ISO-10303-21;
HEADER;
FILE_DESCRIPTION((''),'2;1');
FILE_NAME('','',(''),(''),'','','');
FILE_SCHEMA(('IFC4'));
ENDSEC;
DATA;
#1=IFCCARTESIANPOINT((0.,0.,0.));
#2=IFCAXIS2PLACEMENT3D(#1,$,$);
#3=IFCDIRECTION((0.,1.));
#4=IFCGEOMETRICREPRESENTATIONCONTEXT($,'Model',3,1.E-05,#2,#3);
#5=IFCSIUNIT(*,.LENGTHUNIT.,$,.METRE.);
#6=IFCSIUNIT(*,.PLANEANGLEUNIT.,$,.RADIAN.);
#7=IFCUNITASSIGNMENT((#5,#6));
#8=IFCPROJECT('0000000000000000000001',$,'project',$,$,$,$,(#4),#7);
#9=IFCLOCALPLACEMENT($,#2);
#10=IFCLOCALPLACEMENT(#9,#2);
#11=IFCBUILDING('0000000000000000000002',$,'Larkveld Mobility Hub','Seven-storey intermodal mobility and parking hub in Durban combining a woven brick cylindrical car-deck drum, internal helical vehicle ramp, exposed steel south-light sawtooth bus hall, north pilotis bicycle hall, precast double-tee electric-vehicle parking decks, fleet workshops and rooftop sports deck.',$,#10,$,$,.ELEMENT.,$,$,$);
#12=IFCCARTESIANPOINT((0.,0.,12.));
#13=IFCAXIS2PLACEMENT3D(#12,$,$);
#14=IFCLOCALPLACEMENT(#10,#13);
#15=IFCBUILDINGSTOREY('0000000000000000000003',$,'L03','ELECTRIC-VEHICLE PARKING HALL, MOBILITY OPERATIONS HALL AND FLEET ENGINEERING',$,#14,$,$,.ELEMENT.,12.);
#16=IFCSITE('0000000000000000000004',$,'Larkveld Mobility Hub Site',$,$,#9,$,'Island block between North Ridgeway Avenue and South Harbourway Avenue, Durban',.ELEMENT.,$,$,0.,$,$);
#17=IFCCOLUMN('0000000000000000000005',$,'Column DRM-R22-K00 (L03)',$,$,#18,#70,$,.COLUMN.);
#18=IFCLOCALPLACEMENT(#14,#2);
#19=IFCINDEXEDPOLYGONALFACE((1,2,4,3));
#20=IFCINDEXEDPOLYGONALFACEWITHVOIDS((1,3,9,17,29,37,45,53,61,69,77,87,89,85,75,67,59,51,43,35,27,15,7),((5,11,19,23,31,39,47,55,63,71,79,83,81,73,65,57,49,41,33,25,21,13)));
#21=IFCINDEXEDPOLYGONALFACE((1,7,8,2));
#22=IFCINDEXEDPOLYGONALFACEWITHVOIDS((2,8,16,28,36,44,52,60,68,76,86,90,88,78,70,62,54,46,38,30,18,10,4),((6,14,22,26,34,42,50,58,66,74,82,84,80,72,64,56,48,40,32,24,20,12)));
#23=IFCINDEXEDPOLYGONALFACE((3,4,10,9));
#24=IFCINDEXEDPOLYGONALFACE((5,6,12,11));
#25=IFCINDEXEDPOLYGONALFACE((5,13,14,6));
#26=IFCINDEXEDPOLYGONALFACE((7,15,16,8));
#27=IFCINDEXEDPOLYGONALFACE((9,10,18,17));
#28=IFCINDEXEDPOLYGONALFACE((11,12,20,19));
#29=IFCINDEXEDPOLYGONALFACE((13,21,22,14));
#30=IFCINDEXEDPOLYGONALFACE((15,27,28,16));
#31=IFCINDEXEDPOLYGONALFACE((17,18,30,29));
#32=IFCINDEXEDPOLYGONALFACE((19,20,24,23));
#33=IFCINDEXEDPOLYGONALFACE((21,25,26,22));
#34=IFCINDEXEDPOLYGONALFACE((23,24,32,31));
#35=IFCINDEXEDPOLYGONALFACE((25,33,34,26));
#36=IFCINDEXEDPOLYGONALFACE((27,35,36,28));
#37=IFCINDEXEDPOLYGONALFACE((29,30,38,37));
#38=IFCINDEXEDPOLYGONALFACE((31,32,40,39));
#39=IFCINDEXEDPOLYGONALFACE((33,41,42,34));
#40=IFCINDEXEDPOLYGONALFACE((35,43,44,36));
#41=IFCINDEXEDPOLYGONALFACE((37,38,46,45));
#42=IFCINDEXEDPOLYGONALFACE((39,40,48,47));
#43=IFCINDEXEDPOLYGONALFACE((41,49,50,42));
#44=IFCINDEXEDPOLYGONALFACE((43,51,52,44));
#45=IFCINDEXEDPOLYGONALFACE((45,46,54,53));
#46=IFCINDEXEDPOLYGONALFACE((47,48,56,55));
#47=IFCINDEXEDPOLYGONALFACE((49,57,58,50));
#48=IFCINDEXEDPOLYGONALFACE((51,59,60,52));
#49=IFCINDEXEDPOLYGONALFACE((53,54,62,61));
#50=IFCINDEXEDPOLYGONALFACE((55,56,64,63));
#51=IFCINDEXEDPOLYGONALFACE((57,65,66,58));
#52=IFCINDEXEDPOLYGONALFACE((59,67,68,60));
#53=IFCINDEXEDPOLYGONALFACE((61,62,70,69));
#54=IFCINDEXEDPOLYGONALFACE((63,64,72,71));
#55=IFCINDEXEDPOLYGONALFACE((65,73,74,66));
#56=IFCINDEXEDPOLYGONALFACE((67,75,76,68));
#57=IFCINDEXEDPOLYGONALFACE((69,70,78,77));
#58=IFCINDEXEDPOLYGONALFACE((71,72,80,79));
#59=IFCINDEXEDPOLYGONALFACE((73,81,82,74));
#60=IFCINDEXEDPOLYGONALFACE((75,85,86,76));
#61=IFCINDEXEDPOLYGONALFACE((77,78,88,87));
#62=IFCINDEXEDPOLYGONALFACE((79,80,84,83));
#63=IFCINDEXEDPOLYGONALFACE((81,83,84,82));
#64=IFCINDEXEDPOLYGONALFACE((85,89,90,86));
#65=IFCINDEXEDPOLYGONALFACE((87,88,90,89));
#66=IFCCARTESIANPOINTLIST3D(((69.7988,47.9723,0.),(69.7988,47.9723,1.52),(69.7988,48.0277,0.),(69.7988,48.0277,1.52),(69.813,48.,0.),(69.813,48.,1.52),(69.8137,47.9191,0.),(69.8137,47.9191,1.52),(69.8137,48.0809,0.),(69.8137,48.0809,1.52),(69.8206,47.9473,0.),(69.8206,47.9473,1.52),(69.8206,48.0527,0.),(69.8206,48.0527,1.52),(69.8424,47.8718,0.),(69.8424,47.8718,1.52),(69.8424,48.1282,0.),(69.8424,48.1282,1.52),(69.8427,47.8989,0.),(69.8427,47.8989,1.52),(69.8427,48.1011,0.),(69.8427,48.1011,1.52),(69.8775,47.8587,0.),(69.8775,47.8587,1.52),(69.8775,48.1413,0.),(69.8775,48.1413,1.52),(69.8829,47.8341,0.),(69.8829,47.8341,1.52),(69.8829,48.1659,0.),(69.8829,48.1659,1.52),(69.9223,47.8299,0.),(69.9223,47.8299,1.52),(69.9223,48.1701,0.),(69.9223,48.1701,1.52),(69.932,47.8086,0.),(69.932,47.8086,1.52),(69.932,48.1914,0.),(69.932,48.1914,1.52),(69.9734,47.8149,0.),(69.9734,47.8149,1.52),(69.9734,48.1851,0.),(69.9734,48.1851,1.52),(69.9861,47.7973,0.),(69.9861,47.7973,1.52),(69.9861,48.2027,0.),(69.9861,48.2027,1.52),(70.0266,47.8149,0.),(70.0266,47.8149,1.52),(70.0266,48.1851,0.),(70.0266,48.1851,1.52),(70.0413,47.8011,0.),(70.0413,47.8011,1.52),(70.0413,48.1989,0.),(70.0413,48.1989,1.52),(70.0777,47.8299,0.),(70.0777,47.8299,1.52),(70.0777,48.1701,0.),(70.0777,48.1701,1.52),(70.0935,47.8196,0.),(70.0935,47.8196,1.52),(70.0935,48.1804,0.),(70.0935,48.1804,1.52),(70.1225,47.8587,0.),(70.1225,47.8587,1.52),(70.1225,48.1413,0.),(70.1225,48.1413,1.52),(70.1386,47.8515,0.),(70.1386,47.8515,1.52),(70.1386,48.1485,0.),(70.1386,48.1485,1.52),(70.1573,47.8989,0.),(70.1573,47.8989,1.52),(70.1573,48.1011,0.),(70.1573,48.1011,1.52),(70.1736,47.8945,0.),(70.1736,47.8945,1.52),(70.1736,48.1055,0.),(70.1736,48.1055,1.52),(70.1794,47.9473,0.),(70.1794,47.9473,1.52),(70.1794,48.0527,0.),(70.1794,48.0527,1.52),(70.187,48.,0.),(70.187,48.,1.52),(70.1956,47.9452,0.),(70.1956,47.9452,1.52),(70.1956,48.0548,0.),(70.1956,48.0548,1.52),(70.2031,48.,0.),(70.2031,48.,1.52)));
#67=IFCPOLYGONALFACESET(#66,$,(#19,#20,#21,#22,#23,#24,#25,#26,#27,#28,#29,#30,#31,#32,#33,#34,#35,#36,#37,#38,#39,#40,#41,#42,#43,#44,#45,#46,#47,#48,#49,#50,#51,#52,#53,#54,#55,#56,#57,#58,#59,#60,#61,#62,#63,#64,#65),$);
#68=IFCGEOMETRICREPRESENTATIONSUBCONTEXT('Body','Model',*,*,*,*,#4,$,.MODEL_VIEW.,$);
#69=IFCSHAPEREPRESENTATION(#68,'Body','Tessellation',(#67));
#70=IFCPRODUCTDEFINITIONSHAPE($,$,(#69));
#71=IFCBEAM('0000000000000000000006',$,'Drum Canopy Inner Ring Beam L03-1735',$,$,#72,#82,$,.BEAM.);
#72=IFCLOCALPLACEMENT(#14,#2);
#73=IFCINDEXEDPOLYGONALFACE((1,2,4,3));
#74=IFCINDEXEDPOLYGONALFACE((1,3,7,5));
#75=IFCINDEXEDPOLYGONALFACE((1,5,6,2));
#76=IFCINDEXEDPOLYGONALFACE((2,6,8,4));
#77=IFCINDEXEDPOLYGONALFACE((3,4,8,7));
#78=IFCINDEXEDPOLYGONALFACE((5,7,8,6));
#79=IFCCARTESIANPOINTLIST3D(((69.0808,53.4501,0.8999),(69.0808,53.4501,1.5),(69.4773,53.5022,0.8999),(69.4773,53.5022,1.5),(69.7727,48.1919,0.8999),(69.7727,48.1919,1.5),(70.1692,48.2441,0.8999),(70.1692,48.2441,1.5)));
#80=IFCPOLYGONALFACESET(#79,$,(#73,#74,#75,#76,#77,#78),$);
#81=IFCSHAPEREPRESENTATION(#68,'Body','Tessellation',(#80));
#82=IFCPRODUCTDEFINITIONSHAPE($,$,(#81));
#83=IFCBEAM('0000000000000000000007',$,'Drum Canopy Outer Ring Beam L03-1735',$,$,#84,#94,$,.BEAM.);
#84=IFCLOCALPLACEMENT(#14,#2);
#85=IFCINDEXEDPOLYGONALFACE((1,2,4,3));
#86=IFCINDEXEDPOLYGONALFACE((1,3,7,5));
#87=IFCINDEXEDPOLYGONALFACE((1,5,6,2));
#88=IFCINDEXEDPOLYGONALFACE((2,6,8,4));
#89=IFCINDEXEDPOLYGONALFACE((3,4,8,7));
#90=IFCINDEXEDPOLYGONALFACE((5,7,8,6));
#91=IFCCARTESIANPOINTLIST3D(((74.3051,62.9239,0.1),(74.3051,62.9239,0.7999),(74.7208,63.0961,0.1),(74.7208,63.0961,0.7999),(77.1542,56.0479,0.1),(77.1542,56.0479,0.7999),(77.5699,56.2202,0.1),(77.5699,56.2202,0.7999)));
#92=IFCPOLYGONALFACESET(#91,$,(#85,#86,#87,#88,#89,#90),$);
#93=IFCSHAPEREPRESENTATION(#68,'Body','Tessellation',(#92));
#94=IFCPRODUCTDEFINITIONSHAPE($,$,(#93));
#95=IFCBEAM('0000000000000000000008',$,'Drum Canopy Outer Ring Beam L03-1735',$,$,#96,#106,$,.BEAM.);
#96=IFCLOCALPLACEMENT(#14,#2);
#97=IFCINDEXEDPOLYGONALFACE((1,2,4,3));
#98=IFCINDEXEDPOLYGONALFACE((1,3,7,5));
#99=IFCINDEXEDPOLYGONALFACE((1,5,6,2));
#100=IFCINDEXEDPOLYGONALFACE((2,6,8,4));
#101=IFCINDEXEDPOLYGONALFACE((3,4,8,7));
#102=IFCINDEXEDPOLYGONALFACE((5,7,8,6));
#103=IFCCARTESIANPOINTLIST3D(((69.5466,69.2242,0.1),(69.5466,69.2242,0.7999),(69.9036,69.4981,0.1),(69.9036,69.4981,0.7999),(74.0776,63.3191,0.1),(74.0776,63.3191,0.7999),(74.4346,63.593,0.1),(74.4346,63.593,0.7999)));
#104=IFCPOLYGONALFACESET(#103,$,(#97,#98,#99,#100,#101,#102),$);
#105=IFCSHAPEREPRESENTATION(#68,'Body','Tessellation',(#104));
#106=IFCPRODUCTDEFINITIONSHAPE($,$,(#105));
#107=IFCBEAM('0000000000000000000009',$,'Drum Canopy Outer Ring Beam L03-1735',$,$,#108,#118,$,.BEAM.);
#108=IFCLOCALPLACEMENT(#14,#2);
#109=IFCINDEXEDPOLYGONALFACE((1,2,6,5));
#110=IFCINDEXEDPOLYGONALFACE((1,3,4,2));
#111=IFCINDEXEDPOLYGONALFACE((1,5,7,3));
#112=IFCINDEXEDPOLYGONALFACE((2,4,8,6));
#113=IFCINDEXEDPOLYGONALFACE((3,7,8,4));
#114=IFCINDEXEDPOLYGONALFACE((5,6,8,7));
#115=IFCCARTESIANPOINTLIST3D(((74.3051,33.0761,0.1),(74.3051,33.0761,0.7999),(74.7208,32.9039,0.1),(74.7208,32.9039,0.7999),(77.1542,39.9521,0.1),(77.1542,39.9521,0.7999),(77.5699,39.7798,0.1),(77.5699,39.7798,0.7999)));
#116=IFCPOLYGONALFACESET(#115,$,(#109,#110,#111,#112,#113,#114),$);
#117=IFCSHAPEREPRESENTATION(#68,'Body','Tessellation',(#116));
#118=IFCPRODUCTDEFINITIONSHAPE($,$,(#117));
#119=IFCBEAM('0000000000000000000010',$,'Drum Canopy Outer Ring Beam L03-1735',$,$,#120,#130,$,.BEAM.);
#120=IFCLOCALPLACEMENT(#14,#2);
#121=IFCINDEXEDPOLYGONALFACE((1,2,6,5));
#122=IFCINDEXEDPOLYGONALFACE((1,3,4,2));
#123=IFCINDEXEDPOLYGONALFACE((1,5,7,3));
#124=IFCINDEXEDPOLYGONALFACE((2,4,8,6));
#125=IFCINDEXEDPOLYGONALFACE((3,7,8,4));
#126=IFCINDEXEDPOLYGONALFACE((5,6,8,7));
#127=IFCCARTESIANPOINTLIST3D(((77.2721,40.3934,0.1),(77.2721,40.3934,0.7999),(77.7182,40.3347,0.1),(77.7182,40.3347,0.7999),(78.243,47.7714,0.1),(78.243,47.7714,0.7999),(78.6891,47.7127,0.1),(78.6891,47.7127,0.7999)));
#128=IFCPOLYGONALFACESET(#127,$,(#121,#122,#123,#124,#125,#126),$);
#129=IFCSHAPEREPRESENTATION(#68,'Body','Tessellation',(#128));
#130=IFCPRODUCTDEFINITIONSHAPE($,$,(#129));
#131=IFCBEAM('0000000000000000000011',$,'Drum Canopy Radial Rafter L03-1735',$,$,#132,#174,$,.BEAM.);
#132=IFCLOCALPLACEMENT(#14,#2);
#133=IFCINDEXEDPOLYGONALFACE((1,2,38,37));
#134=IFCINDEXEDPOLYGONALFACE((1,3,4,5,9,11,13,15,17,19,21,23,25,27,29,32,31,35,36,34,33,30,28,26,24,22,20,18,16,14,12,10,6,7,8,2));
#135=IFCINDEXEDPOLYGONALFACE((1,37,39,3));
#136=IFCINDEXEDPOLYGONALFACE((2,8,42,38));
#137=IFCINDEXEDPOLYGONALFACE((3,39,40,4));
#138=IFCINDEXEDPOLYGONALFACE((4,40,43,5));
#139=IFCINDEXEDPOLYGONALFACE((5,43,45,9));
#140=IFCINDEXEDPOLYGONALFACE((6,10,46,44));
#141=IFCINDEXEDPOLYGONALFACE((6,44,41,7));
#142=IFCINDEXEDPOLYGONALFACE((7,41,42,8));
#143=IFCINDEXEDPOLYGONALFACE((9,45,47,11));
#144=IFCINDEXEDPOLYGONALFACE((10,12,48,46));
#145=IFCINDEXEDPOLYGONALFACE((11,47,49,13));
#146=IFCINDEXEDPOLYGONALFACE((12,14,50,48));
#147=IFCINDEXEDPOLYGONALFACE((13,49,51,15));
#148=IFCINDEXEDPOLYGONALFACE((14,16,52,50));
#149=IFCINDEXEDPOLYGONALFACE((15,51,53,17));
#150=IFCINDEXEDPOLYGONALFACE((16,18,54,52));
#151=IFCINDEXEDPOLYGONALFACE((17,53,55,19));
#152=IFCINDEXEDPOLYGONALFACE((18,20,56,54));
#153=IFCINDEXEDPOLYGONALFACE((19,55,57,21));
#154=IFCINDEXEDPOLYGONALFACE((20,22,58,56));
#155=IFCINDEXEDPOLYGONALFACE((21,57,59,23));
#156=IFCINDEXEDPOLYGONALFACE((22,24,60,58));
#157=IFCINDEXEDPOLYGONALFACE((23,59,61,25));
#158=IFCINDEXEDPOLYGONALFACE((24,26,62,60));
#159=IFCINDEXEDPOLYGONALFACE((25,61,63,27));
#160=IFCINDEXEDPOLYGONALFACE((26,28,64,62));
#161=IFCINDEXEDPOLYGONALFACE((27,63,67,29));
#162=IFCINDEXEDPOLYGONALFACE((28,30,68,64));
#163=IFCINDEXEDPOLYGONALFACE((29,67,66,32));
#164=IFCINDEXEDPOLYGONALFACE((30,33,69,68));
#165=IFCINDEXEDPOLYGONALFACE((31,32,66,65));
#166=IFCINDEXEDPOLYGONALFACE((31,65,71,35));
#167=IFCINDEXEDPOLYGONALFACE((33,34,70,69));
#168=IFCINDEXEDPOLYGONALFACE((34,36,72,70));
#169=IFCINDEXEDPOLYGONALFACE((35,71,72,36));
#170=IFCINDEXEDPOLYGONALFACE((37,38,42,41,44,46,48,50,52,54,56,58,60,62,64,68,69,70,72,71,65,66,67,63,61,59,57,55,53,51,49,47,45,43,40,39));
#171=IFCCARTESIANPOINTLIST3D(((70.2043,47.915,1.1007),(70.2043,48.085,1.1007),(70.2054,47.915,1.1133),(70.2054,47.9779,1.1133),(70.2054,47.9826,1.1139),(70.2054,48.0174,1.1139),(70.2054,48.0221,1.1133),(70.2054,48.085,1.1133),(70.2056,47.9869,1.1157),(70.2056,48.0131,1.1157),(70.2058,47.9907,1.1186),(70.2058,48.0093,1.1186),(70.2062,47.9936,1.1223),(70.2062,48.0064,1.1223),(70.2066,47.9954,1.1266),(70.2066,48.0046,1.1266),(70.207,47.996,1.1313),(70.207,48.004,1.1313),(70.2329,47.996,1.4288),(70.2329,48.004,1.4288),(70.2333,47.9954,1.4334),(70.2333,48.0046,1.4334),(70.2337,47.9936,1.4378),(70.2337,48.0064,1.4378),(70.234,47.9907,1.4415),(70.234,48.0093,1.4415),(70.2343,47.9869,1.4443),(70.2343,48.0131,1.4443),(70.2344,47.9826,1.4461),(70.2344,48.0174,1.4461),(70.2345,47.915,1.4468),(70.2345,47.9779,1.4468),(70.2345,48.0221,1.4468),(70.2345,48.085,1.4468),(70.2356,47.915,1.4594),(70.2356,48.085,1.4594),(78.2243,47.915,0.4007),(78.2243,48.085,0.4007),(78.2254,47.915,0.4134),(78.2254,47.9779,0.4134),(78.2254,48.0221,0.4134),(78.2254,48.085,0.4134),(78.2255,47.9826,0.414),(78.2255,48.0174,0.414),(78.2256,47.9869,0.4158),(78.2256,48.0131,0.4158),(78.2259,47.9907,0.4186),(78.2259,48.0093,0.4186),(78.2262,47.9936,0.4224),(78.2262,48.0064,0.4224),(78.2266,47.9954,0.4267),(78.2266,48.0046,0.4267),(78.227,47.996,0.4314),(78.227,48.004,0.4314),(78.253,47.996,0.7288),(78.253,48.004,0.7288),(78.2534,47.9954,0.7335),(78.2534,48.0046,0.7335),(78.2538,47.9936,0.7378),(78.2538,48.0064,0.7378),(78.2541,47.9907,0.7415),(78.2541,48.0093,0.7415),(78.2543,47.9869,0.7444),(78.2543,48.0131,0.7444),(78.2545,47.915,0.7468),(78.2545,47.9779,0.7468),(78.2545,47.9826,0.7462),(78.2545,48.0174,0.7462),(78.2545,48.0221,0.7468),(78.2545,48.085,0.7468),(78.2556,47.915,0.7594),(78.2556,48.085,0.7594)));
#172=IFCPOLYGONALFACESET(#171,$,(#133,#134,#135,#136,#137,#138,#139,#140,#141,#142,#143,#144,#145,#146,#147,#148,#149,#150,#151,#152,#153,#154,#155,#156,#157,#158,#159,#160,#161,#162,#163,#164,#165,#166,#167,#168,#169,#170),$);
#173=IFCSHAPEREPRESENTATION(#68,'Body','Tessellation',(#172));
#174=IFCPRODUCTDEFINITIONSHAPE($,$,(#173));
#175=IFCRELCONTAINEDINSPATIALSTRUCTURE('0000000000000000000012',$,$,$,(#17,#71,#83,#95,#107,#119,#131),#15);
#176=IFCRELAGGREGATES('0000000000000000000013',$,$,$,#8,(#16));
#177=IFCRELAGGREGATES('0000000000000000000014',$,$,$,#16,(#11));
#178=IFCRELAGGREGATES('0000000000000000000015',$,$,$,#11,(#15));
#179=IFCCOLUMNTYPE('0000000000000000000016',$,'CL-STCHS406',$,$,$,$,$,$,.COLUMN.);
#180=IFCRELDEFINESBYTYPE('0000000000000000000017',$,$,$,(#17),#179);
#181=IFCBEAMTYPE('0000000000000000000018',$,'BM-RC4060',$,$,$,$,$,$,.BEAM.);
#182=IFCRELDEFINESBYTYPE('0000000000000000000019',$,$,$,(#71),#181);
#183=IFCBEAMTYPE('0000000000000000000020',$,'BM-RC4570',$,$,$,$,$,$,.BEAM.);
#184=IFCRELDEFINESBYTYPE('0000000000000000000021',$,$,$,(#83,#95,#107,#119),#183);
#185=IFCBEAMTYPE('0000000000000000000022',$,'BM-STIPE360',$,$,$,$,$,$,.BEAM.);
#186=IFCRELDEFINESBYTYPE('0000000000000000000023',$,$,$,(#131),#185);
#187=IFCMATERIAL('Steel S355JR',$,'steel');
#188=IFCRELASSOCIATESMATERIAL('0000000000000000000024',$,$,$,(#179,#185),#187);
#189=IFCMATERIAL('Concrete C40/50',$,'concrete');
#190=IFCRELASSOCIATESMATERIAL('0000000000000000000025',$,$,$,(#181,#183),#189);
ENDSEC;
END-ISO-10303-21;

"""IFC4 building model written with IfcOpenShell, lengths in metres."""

from ifc_helpers import new_model, si_unit, direction, frame, origin, origin_2d, place, context, subcontext, project, spatial, rectangle, hollow_circle, i_section, extrude, material, material_profile, profile_set, type_object, element, save


model = new_model("IFC4")

# Units and contexts
model_context = context("Model", 3, precision=1e-05, world=origin(), true_north=direction((0.0, 1.0)))
body_context = subcontext(model_context, "Body", "Model", "MODEL_VIEW")
ifc_project = project(units=[si_unit("LENGTHUNIT", "METRE"), si_unit("PLANEANGLEUNIT", "RADIAN")], contexts=[model_context])

# Site, building, storey
site_placement = place(None, origin())
site = spatial("IfcSite", under=ifc_project, at=site_placement, Name="Larkveld Mobility Hub Site", LongName="Island block between North Ridgeway Avenue and South Harbourway Avenue, Durban", CompositionType="ELEMENT", RefElevation=0.0)
building_placement = place(site_placement, origin())
building = spatial("IfcBuilding", under=site, at=building_placement, Name="Larkveld Mobility Hub", Description="Seven-storey intermodal mobility and parking hub in Durban combining a woven brick cylindrical car-deck drum, internal helical vehicle ramp, exposed steel south-light sawtooth bus hall, north pilotis bicycle hall, precast double-tee electric-vehicle parking decks, fleet workshops and rooftop sports deck.", CompositionType="ELEMENT")
storey_placement = place(building_placement, frame((0.0, 0.0, 12.0)))
storey = spatial("IfcBuildingStorey", under=building, at=storey_placement, Name="L03", Description="ELECTRIC-VEHICLE PARKING HALL, MOBILITY OPERATIONS HALL AND FLEET ENGINEERING", CompositionType="ELEMENT", Elevation=12.0)

# Column
ifc_material_1 = material(Name="Concrete C40/50", Category="concrete")
ifc_material_2 = material(Name="Steel S355JR", Category="steel")
ifc_material_profile_1 = material_profile(ifc_material_2, hollow_circle(Radius=0.2031, WallThickness=0.0161, at=origin_2d()), Name="CHS 406.4x16")
ifc_profile_set_1 = profile_set([ifc_material_profile_1], Name="Steel S355JR")
column_type_1 = type_object("IfcColumnType", Name="CL-STCHS406", PredefinedType="COLUMN", material=ifc_profile_set_1)
column_placement = place(storey_placement, frame((70.0, 48.0, 0.0), z_axis=(0.0, 0.0, 1.0), x_axis=(1.0, 0.0, 0.0)))
element("IfcColumn", 1, at=column_placement, inside=storey, type_object=column_type_1, Name="Column DRM-R22-K00 (L03)", PredefinedType="COLUMN", context=body_context, shape_type="SweptSolid", body=[
    extrude(hollow_circle(Radius=0.2031, WallThickness=0.0161, at=origin_2d()), origin(), (0.0, 0.0, 1.0), 1.52),
])

# Beams
ifc_material_profile_2 = material_profile(ifc_material_1, rectangle(XDim=0.3999, YDim=0.6001, at=origin_2d()), Name="RC BM 400x600")
ifc_profile_set_2 = profile_set([ifc_material_profile_2], Name="Concrete C40/50")
beam_type_1 = type_object("IfcBeamType", Name="BM-RC4060", PredefinedType="BEAM", material=ifc_profile_set_2)
beam_1_placement = place(storey_placement, frame((69.9709, 48.218, 1.2), z_axis=(-0.130463, 0.991453, 0.0), x_axis=(-0.991453, -0.130463, 0.0)))
element("IfcBeam", 2, at=beam_1_placement, inside=storey, type_object=beam_type_1, Name="Drum Canopy Inner Ring Beam L03-1735", PredefinedType="BEAM", context=body_context, shape_type="SweptSolid", body=[
    extrude(rectangle(XDim=0.3999, YDim=0.6001, at=origin_2d()), origin(), (0.0, 0.0, 1.0), 5.3035),
])
ifc_material_profile_3 = material_profile(ifc_material_1, rectangle(XDim=0.45, YDim=0.7, at=origin_2d()), Name="RC BM 450x700")
ifc_profile_set_3 = profile_set([ifc_material_profile_3], Name="Concrete C40/50")
beam_type_2 = type_object("IfcBeamType", Name="BM-RC4570", PredefinedType="BEAM", material=ifc_profile_set_3)
beam_2_placement = place(storey_placement, frame((77.3621, 56.134, 0.45), z_axis=(-0.382798, 0.923832, 0.0), x_axis=(-0.923832, -0.382798, 0.0)))
element("IfcBeam", 3, at=beam_2_placement, inside=storey, type_object=beam_type_2, Name="Drum Canopy Outer Ring Beam L03-1735", PredefinedType="BEAM", context=body_context, shape_type="SweptSolid", body=[
    extrude(rectangle(XDim=0.45, YDim=0.7, at=origin_2d()), origin(), (0.0, 0.0, 1.0), 7.4429),
])
beam_3_placement = place(storey_placement, frame((74.2561, 63.4561, 0.45), z_axis=(-0.608754, 0.793359, 0.0), x_axis=(-0.793359, -0.608754, 0.0)))
element("IfcBeam", 4, at=beam_3_placement, inside=storey, type_object=beam_type_2, Name="Drum Canopy Outer Ring Beam L03-1735", PredefinedType="BEAM", context=body_context, shape_type="SweptSolid", body=[
    extrude(rectangle(XDim=0.45, YDim=0.7, at=origin_2d()), origin(), (0.0, 0.0, 1.0), 7.4431),
])
beam_4_placement = place(storey_placement, frame((74.5129, 32.99, 0.45), z_axis=(0.382798, 0.923832, 0.0), x_axis=(-0.923832, 0.382798, 0.0)))
element("IfcBeam", 5, at=beam_4_placement, inside=storey, type_object=beam_type_2, Name="Drum Canopy Outer Ring Beam L03-1735", PredefinedType="BEAM", context=body_context, shape_type="SweptSolid", body=[
    extrude(rectangle(XDim=0.45, YDim=0.7, at=origin_2d()), origin(), (0.0, 0.0, 1.0), 7.4429),
])
beam_5_placement = place(storey_placement, frame((77.4951, 40.364, 0.45), z_axis=(0.130477, 0.991451, 0.0), x_axis=(-0.991451, 0.130477, 0.0)))
element("IfcBeam", 6, at=beam_5_placement, inside=storey, type_object=beam_type_2, Name="Drum Canopy Outer Ring Beam L03-1735", PredefinedType="BEAM", context=body_context, shape_type="SweptSolid", body=[
    extrude(rectangle(XDim=0.45, YDim=0.7, at=origin_2d()), origin(), (0.0, 0.0, 1.0), 7.4417),
])
ifc_material_profile_4 = material_profile(ifc_material_2, i_section(OverallWidth=0.1699, OverallDepth=0.3601, WebThickness=0.0081, FlangeThickness=0.0127, FilletRadius=0.0181, at=origin_2d()), Name="IPE 360")
ifc_profile_set_4 = profile_set([ifc_material_profile_4], Name="Steel S355JR")
beam_type_3 = type_object("IfcBeamType", Name="BM-STIPE360", PredefinedType="BEAM", material=ifc_profile_set_4)
beam_6_placement = place(storey_placement, frame((78.24, 48.0, 0.5801), z_axis=(-0.996213, 0.0, 0.086945), x_axis=(0.0, -1.0, 0.0)))
element("IfcBeam", 7, at=beam_6_placement, inside=storey, type_object=beam_type_3, Name="Drum Canopy Radial Rafter L03-1735", PredefinedType="BEAM", context=body_context, shape_type="SweptSolid", body=[
    extrude(i_section(OverallWidth=0.1699, OverallDepth=0.3601, WebThickness=0.0081, FlangeThickness=0.0127, FilletRadius=0.0181, at=origin_2d()), origin(), (0.0, 0.0, 1.0), 8.0505),
])

save(model, "model.ifc")
